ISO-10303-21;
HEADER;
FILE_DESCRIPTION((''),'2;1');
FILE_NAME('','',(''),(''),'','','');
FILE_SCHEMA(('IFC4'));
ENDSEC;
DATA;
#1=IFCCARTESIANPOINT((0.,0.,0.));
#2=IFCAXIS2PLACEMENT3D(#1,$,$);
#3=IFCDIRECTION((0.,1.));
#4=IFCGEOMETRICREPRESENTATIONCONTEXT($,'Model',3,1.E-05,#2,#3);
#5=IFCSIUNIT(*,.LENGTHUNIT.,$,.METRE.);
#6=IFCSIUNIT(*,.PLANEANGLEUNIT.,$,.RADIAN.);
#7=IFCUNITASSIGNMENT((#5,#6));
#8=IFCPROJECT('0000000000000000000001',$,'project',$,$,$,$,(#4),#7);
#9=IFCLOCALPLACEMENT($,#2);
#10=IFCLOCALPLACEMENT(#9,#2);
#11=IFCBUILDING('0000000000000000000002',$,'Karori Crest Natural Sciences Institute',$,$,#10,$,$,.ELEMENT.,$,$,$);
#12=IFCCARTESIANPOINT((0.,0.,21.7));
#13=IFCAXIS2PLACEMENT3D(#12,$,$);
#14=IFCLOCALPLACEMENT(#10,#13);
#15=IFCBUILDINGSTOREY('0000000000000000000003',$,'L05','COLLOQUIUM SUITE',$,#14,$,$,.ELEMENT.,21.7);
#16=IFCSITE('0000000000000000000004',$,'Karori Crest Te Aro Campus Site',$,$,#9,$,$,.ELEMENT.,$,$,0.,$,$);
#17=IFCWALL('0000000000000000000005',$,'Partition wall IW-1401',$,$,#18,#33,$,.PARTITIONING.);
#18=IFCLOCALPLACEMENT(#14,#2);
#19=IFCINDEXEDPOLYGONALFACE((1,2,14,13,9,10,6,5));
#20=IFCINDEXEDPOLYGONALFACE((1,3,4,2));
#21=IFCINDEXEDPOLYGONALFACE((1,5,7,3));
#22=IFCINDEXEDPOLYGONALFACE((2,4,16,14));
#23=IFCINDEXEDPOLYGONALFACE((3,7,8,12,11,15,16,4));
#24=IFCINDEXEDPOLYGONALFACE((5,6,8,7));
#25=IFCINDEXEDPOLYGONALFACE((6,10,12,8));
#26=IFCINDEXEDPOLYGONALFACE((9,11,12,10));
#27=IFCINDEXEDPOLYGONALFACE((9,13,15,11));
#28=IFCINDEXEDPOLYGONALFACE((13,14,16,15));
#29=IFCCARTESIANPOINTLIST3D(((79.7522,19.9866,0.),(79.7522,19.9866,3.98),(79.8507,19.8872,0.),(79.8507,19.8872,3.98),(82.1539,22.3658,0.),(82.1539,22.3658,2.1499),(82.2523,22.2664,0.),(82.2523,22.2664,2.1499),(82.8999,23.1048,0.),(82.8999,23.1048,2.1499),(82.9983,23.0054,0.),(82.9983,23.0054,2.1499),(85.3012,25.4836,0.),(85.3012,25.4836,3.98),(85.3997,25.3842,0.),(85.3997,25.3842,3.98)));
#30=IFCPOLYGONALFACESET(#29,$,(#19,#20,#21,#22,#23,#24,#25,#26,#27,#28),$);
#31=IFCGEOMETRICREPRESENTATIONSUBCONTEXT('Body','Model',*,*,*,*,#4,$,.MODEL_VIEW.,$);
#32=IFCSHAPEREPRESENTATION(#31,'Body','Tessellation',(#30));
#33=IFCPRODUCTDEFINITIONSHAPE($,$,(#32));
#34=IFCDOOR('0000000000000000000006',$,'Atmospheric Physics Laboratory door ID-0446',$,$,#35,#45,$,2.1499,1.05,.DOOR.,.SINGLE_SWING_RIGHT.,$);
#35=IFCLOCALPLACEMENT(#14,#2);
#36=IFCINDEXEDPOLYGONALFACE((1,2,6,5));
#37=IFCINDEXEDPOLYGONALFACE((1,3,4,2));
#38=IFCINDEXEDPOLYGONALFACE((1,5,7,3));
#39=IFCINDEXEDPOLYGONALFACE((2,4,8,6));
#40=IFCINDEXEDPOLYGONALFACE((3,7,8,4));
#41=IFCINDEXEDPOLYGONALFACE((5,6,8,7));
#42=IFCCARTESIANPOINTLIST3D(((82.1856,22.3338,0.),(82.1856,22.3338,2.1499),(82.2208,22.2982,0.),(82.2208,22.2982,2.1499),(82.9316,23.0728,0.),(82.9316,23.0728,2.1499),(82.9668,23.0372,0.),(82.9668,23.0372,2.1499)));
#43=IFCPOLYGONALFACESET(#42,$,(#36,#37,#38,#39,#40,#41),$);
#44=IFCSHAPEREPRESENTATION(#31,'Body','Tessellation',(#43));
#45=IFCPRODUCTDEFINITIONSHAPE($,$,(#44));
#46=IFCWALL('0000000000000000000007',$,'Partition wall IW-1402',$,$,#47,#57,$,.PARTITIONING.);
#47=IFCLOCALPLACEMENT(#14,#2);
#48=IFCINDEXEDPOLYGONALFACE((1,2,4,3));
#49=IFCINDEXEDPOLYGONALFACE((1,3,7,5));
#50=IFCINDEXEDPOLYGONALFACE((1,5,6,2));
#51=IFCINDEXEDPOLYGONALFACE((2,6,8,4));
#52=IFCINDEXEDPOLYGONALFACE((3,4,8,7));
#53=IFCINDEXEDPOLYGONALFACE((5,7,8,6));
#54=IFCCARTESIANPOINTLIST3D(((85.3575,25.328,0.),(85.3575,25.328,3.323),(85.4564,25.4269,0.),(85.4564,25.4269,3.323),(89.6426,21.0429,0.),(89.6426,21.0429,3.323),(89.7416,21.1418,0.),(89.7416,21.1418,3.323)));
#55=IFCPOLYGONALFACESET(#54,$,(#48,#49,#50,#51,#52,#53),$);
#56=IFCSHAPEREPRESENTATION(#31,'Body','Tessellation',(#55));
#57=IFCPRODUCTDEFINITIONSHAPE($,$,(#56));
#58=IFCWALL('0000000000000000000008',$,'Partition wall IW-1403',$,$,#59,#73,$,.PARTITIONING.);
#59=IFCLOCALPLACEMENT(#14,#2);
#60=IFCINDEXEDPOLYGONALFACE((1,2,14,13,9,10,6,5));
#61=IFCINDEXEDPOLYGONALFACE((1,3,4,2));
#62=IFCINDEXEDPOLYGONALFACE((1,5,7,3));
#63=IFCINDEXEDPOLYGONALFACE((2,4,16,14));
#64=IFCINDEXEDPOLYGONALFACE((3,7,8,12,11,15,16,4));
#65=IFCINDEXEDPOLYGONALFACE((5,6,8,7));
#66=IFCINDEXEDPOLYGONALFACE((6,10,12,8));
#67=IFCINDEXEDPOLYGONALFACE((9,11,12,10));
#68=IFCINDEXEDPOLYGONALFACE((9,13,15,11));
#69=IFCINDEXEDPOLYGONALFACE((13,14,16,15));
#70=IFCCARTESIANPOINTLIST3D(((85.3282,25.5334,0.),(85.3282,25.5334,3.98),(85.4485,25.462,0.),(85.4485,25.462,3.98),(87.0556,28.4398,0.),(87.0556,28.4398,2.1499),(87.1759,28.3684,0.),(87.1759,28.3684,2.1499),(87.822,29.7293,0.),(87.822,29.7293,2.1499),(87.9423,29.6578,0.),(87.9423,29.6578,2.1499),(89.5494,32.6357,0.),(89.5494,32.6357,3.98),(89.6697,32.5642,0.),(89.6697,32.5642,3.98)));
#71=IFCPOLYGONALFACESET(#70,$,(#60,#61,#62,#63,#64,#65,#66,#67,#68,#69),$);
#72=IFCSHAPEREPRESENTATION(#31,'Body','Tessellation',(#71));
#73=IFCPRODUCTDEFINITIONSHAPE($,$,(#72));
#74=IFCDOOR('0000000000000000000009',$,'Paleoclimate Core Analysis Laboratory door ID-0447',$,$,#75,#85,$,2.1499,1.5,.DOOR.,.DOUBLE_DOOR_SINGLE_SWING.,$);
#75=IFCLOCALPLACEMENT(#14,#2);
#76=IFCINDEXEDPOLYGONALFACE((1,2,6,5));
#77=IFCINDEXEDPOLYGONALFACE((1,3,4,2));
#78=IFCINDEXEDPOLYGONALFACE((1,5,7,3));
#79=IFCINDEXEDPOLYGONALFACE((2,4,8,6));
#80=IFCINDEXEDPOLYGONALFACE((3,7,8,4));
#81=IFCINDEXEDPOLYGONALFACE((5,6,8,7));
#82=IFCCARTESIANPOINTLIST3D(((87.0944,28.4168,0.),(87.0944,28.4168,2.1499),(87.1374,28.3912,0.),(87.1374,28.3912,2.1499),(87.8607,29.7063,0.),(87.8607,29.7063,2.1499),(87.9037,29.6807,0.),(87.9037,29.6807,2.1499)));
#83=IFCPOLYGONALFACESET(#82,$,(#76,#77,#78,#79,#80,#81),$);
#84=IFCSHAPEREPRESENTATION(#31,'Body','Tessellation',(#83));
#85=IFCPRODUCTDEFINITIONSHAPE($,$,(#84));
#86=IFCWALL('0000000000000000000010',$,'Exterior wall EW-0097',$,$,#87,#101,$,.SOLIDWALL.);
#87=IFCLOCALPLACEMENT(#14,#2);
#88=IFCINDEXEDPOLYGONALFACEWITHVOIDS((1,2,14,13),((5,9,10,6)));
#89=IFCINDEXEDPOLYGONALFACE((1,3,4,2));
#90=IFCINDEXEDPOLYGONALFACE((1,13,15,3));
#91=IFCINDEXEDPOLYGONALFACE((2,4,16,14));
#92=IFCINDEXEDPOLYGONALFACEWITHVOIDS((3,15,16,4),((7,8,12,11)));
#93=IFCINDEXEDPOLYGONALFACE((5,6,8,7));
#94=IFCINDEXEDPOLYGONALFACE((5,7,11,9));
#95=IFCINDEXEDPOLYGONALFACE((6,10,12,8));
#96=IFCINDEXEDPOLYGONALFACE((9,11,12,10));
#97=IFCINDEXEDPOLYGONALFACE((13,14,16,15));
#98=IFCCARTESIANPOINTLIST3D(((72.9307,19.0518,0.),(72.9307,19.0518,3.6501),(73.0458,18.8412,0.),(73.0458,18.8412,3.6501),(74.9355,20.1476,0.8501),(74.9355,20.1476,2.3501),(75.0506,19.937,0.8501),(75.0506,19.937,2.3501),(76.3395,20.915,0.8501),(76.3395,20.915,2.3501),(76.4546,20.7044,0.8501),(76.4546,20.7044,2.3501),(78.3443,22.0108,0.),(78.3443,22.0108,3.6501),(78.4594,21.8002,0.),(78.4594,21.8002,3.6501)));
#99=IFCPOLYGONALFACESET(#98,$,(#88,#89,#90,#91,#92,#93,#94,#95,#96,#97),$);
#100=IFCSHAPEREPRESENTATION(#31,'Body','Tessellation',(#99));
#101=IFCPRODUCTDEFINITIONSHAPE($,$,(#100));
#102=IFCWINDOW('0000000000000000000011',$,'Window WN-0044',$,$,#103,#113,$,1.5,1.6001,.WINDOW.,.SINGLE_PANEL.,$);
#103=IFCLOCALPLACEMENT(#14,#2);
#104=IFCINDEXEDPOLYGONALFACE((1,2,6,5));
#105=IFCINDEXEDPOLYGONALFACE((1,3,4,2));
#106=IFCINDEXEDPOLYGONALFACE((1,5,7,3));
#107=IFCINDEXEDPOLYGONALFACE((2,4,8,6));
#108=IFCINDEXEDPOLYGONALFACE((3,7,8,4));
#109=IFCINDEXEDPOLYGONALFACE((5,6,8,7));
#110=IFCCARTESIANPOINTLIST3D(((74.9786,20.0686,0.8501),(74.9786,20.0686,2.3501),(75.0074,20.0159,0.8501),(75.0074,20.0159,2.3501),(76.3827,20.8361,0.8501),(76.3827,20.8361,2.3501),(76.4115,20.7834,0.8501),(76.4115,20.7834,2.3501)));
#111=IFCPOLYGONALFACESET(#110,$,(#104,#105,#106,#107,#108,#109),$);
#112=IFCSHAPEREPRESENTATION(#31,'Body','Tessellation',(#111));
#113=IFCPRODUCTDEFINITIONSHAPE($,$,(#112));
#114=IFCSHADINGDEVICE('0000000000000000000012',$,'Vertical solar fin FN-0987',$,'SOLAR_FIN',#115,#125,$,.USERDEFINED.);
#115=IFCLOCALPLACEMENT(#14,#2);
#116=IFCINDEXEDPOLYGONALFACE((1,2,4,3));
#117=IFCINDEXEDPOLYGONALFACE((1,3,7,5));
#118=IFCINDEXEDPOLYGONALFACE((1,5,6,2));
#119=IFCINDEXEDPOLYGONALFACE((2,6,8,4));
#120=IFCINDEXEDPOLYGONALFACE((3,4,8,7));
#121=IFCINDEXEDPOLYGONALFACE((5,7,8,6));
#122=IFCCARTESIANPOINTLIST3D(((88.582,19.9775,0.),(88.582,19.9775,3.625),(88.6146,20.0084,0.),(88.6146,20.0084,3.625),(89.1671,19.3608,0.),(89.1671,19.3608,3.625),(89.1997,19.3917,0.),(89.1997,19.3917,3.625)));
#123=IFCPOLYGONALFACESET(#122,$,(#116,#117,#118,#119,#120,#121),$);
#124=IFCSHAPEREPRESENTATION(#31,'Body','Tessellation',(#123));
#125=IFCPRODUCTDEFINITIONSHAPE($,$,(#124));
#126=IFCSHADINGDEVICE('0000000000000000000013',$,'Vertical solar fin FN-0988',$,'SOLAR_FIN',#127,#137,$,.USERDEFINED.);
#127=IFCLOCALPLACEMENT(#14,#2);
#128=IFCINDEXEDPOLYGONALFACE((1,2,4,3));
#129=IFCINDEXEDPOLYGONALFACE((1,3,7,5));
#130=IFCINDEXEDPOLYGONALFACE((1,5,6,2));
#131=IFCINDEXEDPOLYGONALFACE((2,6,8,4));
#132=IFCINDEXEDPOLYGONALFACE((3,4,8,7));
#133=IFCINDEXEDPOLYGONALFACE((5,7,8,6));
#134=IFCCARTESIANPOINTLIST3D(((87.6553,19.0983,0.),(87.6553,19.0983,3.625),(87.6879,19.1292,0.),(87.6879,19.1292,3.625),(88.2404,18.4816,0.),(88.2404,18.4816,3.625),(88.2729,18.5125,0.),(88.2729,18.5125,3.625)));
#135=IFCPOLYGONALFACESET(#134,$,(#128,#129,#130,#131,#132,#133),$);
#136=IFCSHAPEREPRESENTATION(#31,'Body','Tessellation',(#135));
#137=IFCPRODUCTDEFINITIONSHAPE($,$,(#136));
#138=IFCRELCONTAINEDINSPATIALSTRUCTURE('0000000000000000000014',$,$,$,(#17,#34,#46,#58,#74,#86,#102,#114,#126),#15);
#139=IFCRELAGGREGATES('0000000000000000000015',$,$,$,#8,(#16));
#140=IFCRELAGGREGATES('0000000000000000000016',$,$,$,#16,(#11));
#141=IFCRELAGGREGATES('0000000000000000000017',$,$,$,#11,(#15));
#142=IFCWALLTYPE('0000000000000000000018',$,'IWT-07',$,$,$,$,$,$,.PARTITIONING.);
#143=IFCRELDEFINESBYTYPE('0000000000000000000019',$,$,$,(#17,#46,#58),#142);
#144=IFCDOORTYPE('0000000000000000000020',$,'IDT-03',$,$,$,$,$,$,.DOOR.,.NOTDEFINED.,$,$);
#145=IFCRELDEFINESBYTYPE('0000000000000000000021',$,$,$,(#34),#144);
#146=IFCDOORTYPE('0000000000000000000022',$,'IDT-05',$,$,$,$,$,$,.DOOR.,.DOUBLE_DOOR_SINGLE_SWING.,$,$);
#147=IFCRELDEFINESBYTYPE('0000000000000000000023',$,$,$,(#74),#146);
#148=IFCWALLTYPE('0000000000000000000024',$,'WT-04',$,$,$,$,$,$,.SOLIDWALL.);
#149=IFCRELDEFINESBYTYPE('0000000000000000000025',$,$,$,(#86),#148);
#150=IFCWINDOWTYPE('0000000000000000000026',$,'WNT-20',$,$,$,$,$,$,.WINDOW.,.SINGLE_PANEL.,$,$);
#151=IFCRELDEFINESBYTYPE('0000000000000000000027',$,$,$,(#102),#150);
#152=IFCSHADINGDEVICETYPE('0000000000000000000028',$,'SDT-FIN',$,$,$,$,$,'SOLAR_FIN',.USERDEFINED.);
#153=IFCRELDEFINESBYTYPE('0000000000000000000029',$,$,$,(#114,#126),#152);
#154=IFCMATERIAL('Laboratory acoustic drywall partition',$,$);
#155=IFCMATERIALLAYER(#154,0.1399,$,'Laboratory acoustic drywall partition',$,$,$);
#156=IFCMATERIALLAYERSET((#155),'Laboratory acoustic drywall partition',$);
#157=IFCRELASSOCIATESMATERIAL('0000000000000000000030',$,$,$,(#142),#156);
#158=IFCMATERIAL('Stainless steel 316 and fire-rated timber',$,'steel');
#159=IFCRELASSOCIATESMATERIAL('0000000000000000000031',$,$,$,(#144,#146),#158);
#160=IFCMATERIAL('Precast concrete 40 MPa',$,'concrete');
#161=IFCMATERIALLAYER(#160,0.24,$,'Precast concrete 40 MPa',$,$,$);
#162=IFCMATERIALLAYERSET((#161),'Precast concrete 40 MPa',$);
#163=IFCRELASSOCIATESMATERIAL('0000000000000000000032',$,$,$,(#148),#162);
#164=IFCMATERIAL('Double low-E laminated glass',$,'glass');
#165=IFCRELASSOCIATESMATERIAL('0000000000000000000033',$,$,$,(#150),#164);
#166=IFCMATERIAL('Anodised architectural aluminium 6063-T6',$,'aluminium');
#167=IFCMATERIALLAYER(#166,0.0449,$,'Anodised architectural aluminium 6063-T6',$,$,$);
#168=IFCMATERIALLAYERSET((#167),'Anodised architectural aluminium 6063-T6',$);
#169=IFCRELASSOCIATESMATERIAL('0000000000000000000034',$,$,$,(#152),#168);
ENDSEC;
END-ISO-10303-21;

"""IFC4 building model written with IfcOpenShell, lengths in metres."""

from ifc_helpers import new_model, si_unit, direction, frame, frame_2d, origin, origin_2d, place, context, subcontext, project, spatial, rectangle, extrude, material, layer, layer_set, type_object, element, fill, save


model = new_model("IFC4")

# Units and contexts
model_context = context("Model", 3, precision=1e-05, world=origin(), true_north=direction((0.0, 1.0)))
body_context = subcontext(model_context, "Body", "Model", "MODEL_VIEW")
ifc_project = project(units=[si_unit("LENGTHUNIT", "METRE"), si_unit("PLANEANGLEUNIT", "RADIAN")], contexts=[model_context])

# Site, building, storey
site_placement = place(None, origin())
site = spatial("IfcSite", under=ifc_project, at=site_placement, Name="Karori Crest Te Aro Campus Site", CompositionType="ELEMENT", RefElevation=0.0)
building_placement = place(site_placement, origin())
building = spatial("IfcBuilding", under=site, at=building_placement, Name="Karori Crest Natural Sciences Institute", CompositionType="ELEMENT")
storey_placement = place(building_placement, frame((0.0, 0.0, 21.7)))
storey = spatial("IfcBuildingStorey", under=building, at=storey_placement, Name="L05", Description="COLLOQUIUM SUITE", CompositionType="ELEMENT", Elevation=21.7)

# Shared definitions
ifc_material_1 = material(Name="Anodised architectural aluminium 6063-T6", Category="aluminium")

# Shared definitions
ifc_material_2 = material(Name="Double low-E laminated glass", Category="glass")

# Shared definitions
ifc_material_3 = material(Name="Laboratory acoustic drywall partition")
ifc_layer_1 = layer(ifc_material_3, 0.1399, Name="Laboratory acoustic drywall partition")
ifc_layer_set_1 = layer_set([ifc_layer_1], Name="Laboratory acoustic drywall partition")
wall_type_1 = type_object("IfcWallType", Name="IWT-07", PredefinedType="PARTITIONING", material=ifc_layer_set_1)

# Wall, opening, door
wall_1_placement = place(storey_placement, frame((79.8015, 19.937, 0.0), z_axis=(0.0, 0.0, 1.0), x_axis=(0.710428, 0.70377, 0.0)))
wall_1 = element("IfcWall", 1, at=wall_1_placement, inside=storey, type_object=wall_type_1, Name="Partition wall IW-1401", PredefinedType="PARTITIONING", context=body_context, shape_type="SweptSolid", body=[
    extrude(rectangle(XDim=7.8108, YDim=0.1399, at=frame_2d((3.9053, 0.0))), origin(), (0.0, 0.0, 1.0), 3.98),
])
opening_1_placement = place(wall_1_placement, frame((3.3806, 0.0, 0.0)))
opening_1 = element("IfcOpeningElement", 2, at=opening_1_placement, cuts=wall_1, PredefinedType="OPENING", context=body_context, shape_type="SweptSolid", body=[
    extrude(rectangle(XDim=1.05, YDim=2.1499, at=frame_2d((0.5249, 1.075))), frame((0.0, 0.0801, 0.0), z_axis=(0.0, -1.0, 0.0), x_axis=(1.0, 0.0, 0.0)), (0.0, 0.0, 1.0), 0.1599),
])
ifc_material_4 = material(Name="Stainless steel 316 and fire-rated timber", Category="steel")
door_type_1 = type_object("IfcDoorType", Name="IDT-03", OperationType="NOTDEFINED", PredefinedType="DOOR", material=ifc_material_4)
door_1_placement = place(opening_1_placement, origin())
door_1 = element("IfcDoor", 3, at=door_1_placement, inside=storey, type_object=door_type_1, Name="Atmospheric Physics Laboratory door ID-0446", OperationType="SINGLE_SWING_RIGHT", OverallHeight=2.1499, OverallWidth=1.05, PredefinedType="DOOR", context=body_context, shape_type="SweptSolid", body=[
    extrude(rectangle(XDim=1.05, YDim=2.1499, at=frame_2d((0.5249, 1.075))), frame((0.0, 0.0249, 0.0), z_axis=(0.0, -1.0, 0.0), x_axis=(1.0, 0.0, 0.0)), (0.0, 0.0, 1.0), 0.05),
])
fill(opening_1, door_1)

# Wall
wall_2_placement = place(storey_placement, frame((85.407, 25.3774, 0.0), z_axis=(0.0, 0.0, 1.0), x_axis=(0.707107, -0.707107, 0.0)))
element("IfcWall", 4, at=wall_2_placement, inside=storey, type_object=wall_type_1, Name="Partition wall IW-1402", PredefinedType="PARTITIONING", context=body_context, shape_type="SweptSolid", body=[
    extrude(rectangle(XDim=6.0601, YDim=0.1399, at=frame_2d((3.03, 0.0))), origin(), (0.0, 0.0, 1.0), 3.323),
])

# Wall, opening, door
wall_3_placement = place(storey_placement, frame((85.3884, 25.4978, 0.0), z_axis=(0.0, 0.0, 1.0), x_axis=(0.510915, 0.859631, 0.0)))
wall_3 = element("IfcWall", 5, at=wall_3_placement, inside=storey, type_object=wall_type_1, Name="Partition wall IW-1403", PredefinedType="PARTITIONING", context=body_context, shape_type="SweptSolid", body=[
    extrude(rectangle(XDim=8.262, YDim=0.1399, at=frame_2d((4.1309, 0.0))), origin(), (0.0, 0.0, 1.0), 3.98),
])
opening_2_placement = place(wall_3_placement, frame((3.3809, 0.0, 0.0)))
opening_2 = element("IfcOpeningElement", 6, at=opening_2_placement, cuts=wall_3, PredefinedType="OPENING", context=body_context, shape_type="SweptSolid", body=[
    extrude(rectangle(XDim=1.5, YDim=2.1499, at=frame_2d((0.75, 1.075))), frame((0.0, 0.0801, 0.0), z_axis=(0.0, -1.0, 0.0), x_axis=(1.0, 0.0, 0.0)), (0.0, 0.0, 1.0), 0.1599),
])
door_type_2 = type_object("IfcDoorType", Name="IDT-05", OperationType="DOUBLE_DOOR_SINGLE_SWING", PredefinedType="DOOR", material=ifc_material_4)
door_2_placement = place(opening_2_placement, origin())
door_2 = element("IfcDoor", 7, at=door_2_placement, inside=storey, type_object=door_type_2, Name="Paleoclimate Core Analysis Laboratory door ID-0447", OperationType="DOUBLE_DOOR_SINGLE_SWING", OverallHeight=2.1499, OverallWidth=1.5, PredefinedType="DOOR", context=body_context, shape_type="SweptSolid", body=[
    extrude(rectangle(XDim=1.5, YDim=2.1499, at=frame_2d((0.75, 1.075))), frame((0.0, 0.0249, 0.0), z_axis=(0.0, -1.0, 0.0), x_axis=(1.0, 0.0, 0.0)), (0.0, 0.0, 1.0), 0.05),
])
fill(opening_2, door_2)

# Wall, opening, window
ifc_material_5 = material(Name="Precast concrete 40 MPa", Category="concrete")
ifc_layer_2 = layer(ifc_material_5, 0.24, Name="Precast concrete 40 MPa")
ifc_layer_set_2 = layer_set([ifc_layer_2], Name="Precast concrete 40 MPa")
wall_type_2 = type_object("IfcWallType", Name="WT-04", PredefinedType="SOLIDWALL", material=ifc_layer_set_2)
wall_4_placement = place(storey_placement, frame((72.9883, 18.9465, 0.0), z_axis=(0.0, 0.0, 1.0), x_axis=(0.877478, 0.479617, 0.0)))
wall_4 = element("IfcWall", 8, at=wall_4_placement, inside=storey, type_object=wall_type_2, Name="Exterior wall EW-0097", PredefinedType="SOLIDWALL", context=body_context, shape_type="SweptSolid", body=[
    extrude(rectangle(XDim=6.1694, YDim=0.24, at=frame_2d((3.0847, 0.0))), origin(), (0.0, 0.0, 1.0), 3.6501),
])
opening_3_placement = place(wall_4_placement, frame((2.2847, 0.0, 0.8501)))
opening_3 = element("IfcOpeningElement", 9, at=opening_3_placement, cuts=wall_4, PredefinedType="OPENING", context=body_context, shape_type="SweptSolid", body=[
    extrude(rectangle(XDim=1.6001, YDim=1.5, at=frame_2d((0.8, 0.75))), frame((0.0, 0.1299, 0.0), z_axis=(0.0, -1.0, 0.0), x_axis=(1.0, 0.0, 0.0)), (0.0, 0.0, 1.0), 0.26),
])
window_type = type_object("IfcWindowType", Name="WNT-20", PartitioningType="SINGLE_PANEL", PredefinedType="WINDOW", material=ifc_material_2)
window_placement = place(opening_3_placement, origin())
window = element("IfcWindow", 10, at=window_placement, inside=storey, type_object=window_type, Name="Window WN-0044", OverallHeight=1.5, OverallWidth=1.6001, PartitioningType="SINGLE_PANEL", PredefinedType="WINDOW", context=body_context, shape_type="SweptSolid", body=[
    extrude(rectangle(XDim=1.6001, YDim=1.5, at=frame_2d((0.8, 0.75))), frame((0.0, 0.03, 0.0), z_axis=(0.0, -1.0, 0.0), x_axis=(1.0, 0.0, 0.0)), (0.0, 0.0, 1.0), 0.0601),
])
fill(opening_3, window)

# Shading devices
ifc_layer_3 = layer(ifc_material_1, 0.0449, Name="Anodised architectural aluminium 6063-T6")
ifc_layer_set_3 = layer_set([ifc_layer_3], Name="Anodised architectural aluminium 6063-T6")
shading_device_type = type_object("IfcShadingDeviceType", Name="SDT-FIN", ElementType="SOLAR_FIN", PredefinedType="USERDEFINED", material=ifc_layer_set_3)
for number, where, z_axis, x_axis, name in (
    (11, (88.8909, 19.6846, 0.0), (0.0, 0.0, 1.0), (0.688251, -0.725473, 0.0), "Vertical solar fin FN-0987"),
    (12, (87.9641, 18.8054, 0.0), (0.0, 0.0, 1.0), (0.688251, -0.725473, 0.0), "Vertical solar fin FN-0988"),
):
    element("IfcShadingDevice", number, at=place(storey_placement, frame(where, z_axis=z_axis, x_axis=x_axis)), inside=storey, type_object=shading_device_type, Name=name, ObjectType="SOLAR_FIN", PredefinedType="USERDEFINED", context=body_context, shape_type="SweptSolid", body=[
        extrude(rectangle(XDim=0.8501, YDim=0.0449, at=origin_2d()), origin(), (0.0, 0.0, 1.0), 3.625),
    ])

save(model, "model.ifc")
